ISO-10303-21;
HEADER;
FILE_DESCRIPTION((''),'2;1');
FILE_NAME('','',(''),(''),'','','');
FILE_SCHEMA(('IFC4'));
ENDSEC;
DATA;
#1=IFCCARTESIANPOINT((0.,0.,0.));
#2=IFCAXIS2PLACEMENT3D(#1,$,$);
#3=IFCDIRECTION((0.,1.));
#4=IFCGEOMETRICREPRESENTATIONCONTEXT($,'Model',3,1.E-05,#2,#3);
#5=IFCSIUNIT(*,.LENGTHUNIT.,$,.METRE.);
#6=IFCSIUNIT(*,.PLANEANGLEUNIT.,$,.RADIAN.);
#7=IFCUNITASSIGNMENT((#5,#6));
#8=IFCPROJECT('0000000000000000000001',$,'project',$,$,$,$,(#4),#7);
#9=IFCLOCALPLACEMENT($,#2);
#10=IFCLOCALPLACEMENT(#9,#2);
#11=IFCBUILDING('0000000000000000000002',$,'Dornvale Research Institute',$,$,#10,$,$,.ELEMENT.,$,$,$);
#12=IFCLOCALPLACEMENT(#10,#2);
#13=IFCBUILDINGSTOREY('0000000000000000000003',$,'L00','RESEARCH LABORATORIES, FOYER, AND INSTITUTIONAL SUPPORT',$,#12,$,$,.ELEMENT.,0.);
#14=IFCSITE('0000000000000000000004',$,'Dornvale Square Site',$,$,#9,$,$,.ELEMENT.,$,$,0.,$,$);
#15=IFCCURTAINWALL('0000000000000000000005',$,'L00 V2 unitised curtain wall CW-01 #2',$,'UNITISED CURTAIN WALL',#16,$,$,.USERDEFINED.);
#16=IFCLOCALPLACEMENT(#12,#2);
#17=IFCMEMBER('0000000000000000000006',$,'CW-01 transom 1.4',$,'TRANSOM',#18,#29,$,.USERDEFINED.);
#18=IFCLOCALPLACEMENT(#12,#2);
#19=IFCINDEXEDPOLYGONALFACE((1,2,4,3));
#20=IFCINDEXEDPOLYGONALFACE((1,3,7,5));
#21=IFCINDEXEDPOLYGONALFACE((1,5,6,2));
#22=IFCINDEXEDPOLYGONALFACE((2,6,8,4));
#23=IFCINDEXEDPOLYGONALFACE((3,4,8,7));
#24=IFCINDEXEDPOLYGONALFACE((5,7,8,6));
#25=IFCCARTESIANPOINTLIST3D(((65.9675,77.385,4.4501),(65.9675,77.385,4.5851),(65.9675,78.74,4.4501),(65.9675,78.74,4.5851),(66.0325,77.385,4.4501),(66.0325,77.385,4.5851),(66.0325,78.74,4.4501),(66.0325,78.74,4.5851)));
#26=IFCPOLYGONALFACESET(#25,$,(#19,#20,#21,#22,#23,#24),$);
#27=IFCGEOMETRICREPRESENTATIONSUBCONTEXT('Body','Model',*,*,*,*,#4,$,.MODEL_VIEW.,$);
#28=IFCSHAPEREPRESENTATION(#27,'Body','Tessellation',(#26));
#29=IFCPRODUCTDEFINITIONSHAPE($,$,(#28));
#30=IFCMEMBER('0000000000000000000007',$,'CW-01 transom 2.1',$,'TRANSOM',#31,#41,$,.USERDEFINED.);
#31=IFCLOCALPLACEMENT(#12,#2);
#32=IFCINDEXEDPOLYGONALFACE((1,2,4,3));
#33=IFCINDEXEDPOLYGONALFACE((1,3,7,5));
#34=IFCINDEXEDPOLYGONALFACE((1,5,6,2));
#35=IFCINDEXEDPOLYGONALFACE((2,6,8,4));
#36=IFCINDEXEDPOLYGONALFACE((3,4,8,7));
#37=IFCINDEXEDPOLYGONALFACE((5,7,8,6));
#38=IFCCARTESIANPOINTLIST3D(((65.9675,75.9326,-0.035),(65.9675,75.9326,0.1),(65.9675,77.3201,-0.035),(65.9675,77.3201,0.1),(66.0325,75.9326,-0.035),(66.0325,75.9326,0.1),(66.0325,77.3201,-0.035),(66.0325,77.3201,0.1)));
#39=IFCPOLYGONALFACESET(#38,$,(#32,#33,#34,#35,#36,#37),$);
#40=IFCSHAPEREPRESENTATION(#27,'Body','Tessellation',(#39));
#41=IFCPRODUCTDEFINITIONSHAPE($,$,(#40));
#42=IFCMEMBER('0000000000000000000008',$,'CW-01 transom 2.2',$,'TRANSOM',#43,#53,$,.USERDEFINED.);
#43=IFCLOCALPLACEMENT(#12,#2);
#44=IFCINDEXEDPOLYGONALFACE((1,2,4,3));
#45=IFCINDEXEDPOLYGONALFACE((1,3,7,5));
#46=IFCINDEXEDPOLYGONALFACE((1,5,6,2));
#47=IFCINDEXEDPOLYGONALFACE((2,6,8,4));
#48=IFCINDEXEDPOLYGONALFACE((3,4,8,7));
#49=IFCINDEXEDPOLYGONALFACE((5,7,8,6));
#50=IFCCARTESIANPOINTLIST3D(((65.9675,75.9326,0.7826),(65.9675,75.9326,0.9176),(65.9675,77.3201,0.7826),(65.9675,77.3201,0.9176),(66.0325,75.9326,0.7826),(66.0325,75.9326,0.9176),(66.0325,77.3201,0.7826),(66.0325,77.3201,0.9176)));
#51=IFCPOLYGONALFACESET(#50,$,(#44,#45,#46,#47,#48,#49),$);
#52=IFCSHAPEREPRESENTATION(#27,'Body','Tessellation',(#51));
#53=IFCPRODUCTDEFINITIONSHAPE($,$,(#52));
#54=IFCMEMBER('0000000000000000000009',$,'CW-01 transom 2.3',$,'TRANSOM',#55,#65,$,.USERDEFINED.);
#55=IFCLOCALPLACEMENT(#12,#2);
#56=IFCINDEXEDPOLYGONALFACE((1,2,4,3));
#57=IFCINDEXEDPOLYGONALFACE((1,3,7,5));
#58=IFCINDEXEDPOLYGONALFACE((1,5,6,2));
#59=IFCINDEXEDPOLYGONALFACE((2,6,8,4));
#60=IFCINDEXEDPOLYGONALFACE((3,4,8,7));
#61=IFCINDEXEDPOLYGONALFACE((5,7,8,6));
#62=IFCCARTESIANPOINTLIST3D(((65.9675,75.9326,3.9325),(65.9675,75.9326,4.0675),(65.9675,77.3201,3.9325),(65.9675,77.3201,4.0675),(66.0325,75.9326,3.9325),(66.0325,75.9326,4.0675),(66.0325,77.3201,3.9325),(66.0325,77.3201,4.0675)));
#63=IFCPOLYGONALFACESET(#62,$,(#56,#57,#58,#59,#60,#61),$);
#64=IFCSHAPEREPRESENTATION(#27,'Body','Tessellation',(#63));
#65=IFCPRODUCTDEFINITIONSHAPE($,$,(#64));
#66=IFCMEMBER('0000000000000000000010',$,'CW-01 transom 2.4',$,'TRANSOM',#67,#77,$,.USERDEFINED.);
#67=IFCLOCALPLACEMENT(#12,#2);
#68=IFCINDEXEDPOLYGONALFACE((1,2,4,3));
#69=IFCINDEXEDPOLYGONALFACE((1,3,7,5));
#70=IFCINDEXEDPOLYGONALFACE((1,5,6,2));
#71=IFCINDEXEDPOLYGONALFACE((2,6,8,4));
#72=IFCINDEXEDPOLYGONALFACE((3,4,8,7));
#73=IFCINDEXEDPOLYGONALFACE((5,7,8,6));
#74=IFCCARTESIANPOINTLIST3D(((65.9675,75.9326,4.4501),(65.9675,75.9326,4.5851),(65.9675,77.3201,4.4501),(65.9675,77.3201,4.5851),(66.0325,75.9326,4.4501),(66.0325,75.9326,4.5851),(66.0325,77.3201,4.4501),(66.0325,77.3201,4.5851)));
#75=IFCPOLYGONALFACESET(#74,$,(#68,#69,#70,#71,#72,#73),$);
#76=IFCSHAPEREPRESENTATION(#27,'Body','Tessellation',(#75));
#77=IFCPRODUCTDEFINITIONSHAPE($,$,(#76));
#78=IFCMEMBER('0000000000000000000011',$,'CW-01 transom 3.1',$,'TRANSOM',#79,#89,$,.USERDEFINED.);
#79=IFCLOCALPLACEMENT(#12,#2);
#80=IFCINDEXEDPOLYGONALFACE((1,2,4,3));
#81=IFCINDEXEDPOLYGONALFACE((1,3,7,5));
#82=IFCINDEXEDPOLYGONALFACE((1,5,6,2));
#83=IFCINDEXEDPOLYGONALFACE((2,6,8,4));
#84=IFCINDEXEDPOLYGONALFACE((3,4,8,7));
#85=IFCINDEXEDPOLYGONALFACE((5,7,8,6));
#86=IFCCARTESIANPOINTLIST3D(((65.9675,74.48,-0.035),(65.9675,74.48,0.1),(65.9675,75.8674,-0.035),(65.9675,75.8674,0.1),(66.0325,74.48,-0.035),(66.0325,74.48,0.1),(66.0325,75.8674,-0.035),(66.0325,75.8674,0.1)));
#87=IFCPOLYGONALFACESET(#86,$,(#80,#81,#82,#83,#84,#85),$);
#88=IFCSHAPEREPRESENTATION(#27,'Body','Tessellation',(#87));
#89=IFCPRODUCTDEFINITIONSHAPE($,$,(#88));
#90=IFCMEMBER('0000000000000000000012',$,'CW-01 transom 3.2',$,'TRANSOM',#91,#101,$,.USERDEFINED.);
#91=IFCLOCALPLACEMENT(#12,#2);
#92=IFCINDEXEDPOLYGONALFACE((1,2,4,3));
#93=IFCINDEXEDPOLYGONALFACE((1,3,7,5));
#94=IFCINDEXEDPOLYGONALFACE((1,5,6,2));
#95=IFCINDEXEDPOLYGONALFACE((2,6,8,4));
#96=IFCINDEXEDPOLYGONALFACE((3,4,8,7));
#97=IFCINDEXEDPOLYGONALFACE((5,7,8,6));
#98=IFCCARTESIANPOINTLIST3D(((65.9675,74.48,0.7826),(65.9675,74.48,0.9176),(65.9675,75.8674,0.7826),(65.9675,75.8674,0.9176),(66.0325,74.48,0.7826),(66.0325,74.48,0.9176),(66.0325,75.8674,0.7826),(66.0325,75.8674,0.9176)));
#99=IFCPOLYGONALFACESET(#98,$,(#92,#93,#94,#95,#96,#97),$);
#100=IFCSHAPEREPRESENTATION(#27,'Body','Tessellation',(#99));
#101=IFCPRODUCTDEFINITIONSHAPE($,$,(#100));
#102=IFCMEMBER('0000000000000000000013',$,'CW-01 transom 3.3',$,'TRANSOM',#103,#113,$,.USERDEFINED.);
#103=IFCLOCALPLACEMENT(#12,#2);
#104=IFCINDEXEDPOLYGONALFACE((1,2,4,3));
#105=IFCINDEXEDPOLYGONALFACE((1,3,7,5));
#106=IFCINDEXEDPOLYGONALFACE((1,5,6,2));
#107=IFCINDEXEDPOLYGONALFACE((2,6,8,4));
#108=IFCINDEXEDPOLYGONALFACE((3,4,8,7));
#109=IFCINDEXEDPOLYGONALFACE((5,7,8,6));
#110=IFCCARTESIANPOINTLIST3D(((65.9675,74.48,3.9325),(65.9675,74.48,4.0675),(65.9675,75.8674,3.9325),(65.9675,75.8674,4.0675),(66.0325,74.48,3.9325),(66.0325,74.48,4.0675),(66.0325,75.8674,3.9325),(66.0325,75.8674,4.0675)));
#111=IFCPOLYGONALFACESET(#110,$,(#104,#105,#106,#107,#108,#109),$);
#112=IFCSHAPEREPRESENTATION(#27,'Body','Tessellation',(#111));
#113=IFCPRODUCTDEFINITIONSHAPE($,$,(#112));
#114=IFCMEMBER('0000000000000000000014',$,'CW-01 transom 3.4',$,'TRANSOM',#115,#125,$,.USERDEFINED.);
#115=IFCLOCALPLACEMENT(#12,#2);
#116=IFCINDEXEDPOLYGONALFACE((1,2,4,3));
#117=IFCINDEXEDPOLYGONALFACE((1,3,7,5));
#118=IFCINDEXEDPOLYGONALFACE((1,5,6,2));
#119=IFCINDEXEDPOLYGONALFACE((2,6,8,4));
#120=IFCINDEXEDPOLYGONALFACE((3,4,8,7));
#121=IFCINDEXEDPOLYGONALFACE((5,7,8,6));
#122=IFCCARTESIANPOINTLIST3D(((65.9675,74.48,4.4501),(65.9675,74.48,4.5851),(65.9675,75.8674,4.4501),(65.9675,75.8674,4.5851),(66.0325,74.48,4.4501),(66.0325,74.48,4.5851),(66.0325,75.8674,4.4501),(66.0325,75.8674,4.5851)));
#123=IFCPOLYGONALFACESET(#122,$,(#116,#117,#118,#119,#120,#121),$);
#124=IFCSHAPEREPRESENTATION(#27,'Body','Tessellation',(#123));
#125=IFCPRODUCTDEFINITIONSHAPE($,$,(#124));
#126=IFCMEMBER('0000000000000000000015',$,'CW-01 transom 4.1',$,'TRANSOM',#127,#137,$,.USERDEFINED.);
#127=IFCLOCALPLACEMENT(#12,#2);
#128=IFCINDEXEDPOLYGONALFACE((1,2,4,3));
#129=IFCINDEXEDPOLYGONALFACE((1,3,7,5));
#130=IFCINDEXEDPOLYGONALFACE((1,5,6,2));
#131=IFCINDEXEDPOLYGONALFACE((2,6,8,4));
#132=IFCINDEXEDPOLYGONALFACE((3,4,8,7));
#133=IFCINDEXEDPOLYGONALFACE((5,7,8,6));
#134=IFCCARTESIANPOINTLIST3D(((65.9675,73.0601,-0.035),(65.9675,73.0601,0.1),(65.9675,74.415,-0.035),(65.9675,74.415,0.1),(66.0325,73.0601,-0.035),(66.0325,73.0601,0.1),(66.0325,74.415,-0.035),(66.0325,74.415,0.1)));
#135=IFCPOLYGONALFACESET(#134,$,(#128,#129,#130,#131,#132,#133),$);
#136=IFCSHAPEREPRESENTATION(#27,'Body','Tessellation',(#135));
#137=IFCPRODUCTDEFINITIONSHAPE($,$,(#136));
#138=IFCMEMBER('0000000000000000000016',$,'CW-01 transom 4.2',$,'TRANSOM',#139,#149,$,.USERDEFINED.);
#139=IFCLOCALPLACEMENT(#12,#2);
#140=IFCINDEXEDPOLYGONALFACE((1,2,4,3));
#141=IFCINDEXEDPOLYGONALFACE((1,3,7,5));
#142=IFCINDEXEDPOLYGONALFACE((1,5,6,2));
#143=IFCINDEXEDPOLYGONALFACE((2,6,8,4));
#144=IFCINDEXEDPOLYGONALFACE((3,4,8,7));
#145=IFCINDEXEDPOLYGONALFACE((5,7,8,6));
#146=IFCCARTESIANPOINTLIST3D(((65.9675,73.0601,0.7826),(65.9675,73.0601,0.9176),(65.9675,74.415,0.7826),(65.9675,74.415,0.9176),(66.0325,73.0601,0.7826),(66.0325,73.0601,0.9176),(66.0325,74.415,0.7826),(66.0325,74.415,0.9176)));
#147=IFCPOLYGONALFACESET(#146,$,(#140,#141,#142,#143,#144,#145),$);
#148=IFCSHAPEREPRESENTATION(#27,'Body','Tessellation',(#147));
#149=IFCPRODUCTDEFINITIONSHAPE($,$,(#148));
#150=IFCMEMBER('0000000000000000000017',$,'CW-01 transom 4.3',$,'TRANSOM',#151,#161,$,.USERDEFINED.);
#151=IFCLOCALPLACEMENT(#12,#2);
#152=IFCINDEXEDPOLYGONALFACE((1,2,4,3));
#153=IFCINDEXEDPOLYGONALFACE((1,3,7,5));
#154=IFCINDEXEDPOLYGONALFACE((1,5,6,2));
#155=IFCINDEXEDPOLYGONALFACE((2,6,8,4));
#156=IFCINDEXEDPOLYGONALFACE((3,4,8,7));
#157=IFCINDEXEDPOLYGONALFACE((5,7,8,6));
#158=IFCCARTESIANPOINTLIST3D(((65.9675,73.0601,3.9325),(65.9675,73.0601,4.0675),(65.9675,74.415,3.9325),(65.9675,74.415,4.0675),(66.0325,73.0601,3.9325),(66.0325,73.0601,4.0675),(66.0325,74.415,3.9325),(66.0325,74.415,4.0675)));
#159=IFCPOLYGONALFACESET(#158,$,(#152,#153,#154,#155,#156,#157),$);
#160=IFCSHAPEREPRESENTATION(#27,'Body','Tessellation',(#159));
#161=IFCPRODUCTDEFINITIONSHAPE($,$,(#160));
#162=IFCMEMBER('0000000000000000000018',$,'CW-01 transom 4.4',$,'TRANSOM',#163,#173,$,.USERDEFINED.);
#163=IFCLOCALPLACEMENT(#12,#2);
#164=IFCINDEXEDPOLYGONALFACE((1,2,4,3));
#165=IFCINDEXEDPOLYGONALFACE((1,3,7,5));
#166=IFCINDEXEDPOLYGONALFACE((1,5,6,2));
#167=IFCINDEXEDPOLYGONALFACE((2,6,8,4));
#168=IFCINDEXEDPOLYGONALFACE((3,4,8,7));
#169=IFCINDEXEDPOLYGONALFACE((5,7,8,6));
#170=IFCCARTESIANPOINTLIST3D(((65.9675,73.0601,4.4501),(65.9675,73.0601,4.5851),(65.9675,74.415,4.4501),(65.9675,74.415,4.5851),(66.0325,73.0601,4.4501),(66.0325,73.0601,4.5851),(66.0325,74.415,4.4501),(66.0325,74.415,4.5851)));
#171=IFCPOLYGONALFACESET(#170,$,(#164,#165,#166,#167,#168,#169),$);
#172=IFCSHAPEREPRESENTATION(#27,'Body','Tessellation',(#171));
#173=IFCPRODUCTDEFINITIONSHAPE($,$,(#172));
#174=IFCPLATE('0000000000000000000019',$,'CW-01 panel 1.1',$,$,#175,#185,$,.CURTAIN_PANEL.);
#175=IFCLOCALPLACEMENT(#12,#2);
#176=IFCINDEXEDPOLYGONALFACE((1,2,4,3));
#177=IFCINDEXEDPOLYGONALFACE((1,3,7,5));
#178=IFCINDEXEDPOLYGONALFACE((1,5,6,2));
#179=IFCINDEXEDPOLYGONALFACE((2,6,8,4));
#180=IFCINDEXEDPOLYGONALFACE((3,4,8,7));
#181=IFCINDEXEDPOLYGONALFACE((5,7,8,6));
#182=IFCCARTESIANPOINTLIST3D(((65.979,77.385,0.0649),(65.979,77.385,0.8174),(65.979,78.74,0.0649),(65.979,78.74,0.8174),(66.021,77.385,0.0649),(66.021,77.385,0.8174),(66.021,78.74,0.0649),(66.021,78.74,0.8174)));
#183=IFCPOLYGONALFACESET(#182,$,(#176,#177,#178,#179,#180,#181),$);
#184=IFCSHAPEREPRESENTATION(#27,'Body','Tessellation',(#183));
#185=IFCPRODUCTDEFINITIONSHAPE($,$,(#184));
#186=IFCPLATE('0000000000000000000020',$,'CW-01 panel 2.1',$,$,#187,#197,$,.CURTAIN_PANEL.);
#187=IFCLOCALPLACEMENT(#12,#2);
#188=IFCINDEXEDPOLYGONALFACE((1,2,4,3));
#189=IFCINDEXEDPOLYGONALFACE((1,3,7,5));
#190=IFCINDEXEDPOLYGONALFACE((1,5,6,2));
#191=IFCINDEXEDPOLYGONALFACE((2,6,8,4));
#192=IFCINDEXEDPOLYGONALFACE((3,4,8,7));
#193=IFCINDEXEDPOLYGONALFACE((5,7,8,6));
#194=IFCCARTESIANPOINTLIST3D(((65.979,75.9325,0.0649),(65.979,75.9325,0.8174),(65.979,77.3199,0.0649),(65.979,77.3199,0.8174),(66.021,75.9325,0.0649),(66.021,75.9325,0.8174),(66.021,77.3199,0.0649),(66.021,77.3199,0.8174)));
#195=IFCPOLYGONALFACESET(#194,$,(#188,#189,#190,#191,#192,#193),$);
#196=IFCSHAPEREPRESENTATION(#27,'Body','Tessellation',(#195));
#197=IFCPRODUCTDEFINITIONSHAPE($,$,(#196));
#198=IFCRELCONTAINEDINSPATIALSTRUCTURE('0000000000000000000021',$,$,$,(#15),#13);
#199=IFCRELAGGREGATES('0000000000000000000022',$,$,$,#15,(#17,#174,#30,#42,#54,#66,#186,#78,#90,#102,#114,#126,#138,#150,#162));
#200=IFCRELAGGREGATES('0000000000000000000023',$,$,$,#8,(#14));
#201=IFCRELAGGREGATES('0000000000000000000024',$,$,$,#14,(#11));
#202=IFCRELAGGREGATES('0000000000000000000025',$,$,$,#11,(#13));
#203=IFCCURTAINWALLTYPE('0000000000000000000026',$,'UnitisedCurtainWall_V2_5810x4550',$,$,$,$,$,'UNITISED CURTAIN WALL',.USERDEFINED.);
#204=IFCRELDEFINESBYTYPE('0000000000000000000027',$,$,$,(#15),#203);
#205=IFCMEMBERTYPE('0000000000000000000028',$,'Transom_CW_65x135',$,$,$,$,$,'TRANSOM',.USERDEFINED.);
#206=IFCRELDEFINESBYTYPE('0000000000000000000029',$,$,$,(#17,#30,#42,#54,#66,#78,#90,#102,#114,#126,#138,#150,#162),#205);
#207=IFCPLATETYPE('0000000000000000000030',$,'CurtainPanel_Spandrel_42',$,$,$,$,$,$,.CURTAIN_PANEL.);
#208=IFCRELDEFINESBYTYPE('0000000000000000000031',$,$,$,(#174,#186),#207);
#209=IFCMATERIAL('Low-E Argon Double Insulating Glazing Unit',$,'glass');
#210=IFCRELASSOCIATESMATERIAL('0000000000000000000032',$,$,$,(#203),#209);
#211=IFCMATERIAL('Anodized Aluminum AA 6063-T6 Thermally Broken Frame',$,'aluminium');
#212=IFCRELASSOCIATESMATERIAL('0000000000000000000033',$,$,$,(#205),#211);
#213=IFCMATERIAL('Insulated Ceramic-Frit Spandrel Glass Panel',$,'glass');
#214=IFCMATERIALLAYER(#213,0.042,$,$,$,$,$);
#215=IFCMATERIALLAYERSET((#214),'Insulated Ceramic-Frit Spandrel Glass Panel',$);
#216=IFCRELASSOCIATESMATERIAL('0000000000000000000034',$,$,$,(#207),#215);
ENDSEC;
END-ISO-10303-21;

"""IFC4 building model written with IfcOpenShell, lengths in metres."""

from ifc_helpers import new_model, si_unit, direction, frame, origin, origin_2d, place, context, subcontext, project, spatial, rectangle, extrude, material, layer, layer_set, material_profile, profile_set, type_object, element, aggregate, save


model = new_model("IFC4")

# Units and contexts
model_context = context("Model", 3, precision=1e-05, world=origin(), true_north=direction((0.0, 1.0)))
body_context = subcontext(model_context, "Body", "Model", "MODEL_VIEW")
ifc_project = project(units=[si_unit("LENGTHUNIT", "METRE"), si_unit("PLANEANGLEUNIT", "RADIAN")], contexts=[model_context])

# Site, building, storey
site_placement = place(None, origin())
site = spatial("IfcSite", under=ifc_project, at=site_placement, Name="Dornvale Square Site", CompositionType="ELEMENT", RefElevation=0.0)
building_placement = place(site_placement, origin())
building = spatial("IfcBuilding", under=site, at=building_placement, Name="Dornvale Research Institute", CompositionType="ELEMENT")
storey_placement = place(building_placement, origin())
storey = spatial("IfcBuildingStorey", under=building, at=storey_placement, Name="L00", Description="RESEARCH LABORATORIES, FOYER, AND INSTITUTIONAL SUPPORT", CompositionType="ELEMENT", Elevation=0.0)

# Curtain wall, members, plates
ifc_material_1 = material(Name="Low-E Argon Double Insulating Glazing Unit", Category="glass")
curtain_wall_type = type_object("IfcCurtainWallType", Name="UnitisedCurtainWall_V2_5810x4550", ElementType="UNITISED CURTAIN WALL", PredefinedType="USERDEFINED", material=ifc_material_1)
curtain_wall_placement = place(storey_placement, origin())
curtain_wall = element("IfcCurtainWall", 1, at=curtain_wall_placement, inside=storey, type_object=curtain_wall_type, Name="L00 V2 unitised curtain wall CW-01 #2", ObjectType="UNITISED CURTAIN WALL", PredefinedType="USERDEFINED")
ifc_material_2 = material(Name="Anodized Aluminum AA 6063-T6 Thermally Broken Frame", Category="aluminium")
ifc_material_profile_1 = material_profile(ifc_material_2, rectangle(XDim=0.0649, YDim=0.135, at=origin_2d()), Name="ALU TRANSOM 65x135")
ifc_profile_set_1 = profile_set([ifc_material_profile_1], Name="Anodized Aluminum AA 6063-T6 Thermally Broken Frame")
member_type_1 = type_object("IfcMemberType", Name="Transom_CW_65x135", ElementType="TRANSOM", PredefinedType="USERDEFINED", material=ifc_profile_set_1)
member_1_placement = place(storey_placement, frame((66.0, 78.74, 4.5176), z_axis=(0.0, -1.0, 0.0), x_axis=(1.0, 0.0, 0.0)))
member_1 = element("IfcMember", 2, at=member_1_placement, type_object=member_type_1, Name="CW-01 transom 1.4", ObjectType="TRANSOM", PredefinedType="USERDEFINED", context=body_context, shape_type="SweptSolid", body=[
    extrude(rectangle(XDim=0.0649, YDim=0.135, at=origin_2d()), origin(), (0.0, 0.0, 1.0), 1.355),
])
member_2_placement = place(storey_placement, frame((66.0, 77.3201, 0.0325), z_axis=(0.0, -1.0, 0.0), x_axis=(1.0, 0.0, 0.0)))
member_2 = element("IfcMember", 3, at=member_2_placement, type_object=member_type_1, Name="CW-01 transom 2.1", ObjectType="TRANSOM", PredefinedType="USERDEFINED", context=body_context, shape_type="SweptSolid", body=[
    extrude(rectangle(XDim=0.0649, YDim=0.135, at=origin_2d()), origin(), (0.0, 0.0, 1.0), 1.3875),
])
member_3_placement = place(storey_placement, frame((66.0, 77.3201, 0.8501), z_axis=(0.0, -1.0, 0.0), x_axis=(1.0, 0.0, 0.0)))
member_3 = element("IfcMember", 4, at=member_3_placement, type_object=member_type_1, Name="CW-01 transom 2.2", ObjectType="TRANSOM", PredefinedType="USERDEFINED", context=body_context, shape_type="SweptSolid", body=[
    extrude(rectangle(XDim=0.0649, YDim=0.135, at=origin_2d()), origin(), (0.0, 0.0, 1.0), 1.3875),
])
member_4_placement = place(storey_placement, frame((66.0, 77.3201, 4.0), z_axis=(0.0, -1.0, 0.0), x_axis=(1.0, 0.0, 0.0)))
member_4 = element("IfcMember", 5, at=member_4_placement, type_object=member_type_1, Name="CW-01 transom 2.3", ObjectType="TRANSOM", PredefinedType="USERDEFINED", context=body_context, shape_type="SweptSolid", body=[
    extrude(rectangle(XDim=0.0649, YDim=0.135, at=origin_2d()), origin(), (0.0, 0.0, 1.0), 1.3875),
])
member_5_placement = place(storey_placement, frame((66.0, 77.3201, 4.5176), z_axis=(0.0, -1.0, 0.0), x_axis=(1.0, 0.0, 0.0)))
member_5 = element("IfcMember", 6, at=member_5_placement, type_object=member_type_1, Name="CW-01 transom 2.4", ObjectType="TRANSOM", PredefinedType="USERDEFINED", context=body_context, shape_type="SweptSolid", body=[
    extrude(rectangle(XDim=0.0649, YDim=0.135, at=origin_2d()), origin(), (0.0, 0.0, 1.0), 1.3875),
])
member_6_placement = place(storey_placement, frame((66.0, 75.8674, 0.0325), z_axis=(0.0, -1.0, 0.0), x_axis=(1.0, 0.0, 0.0)))
member_6 = element("IfcMember", 7, at=member_6_placement, type_object=member_type_1, Name="CW-01 transom 3.1", ObjectType="TRANSOM", PredefinedType="USERDEFINED", context=body_context, shape_type="SweptSolid", body=[
    extrude(rectangle(XDim=0.0649, YDim=0.135, at=origin_2d()), origin(), (0.0, 0.0, 1.0), 1.3875),
])
member_7_placement = place(storey_placement, frame((66.0, 75.8674, 0.8501), z_axis=(0.0, -1.0, 0.0), x_axis=(1.0, 0.0, 0.0)))
member_7 = element("IfcMember", 8, at=member_7_placement, type_object=member_type_1, Name="CW-01 transom 3.2", ObjectType="TRANSOM", PredefinedType="USERDEFINED", context=body_context, shape_type="SweptSolid", body=[
    extrude(rectangle(XDim=0.0649, YDim=0.135, at=origin_2d()), origin(), (0.0, 0.0, 1.0), 1.3875),
])
member_8_placement = place(storey_placement, frame((66.0, 75.8674, 4.0), z_axis=(0.0, -1.0, 0.0), x_axis=(1.0, 0.0, 0.0)))
member_8 = element("IfcMember", 9, at=member_8_placement, type_object=member_type_1, Name="CW-01 transom 3.3", ObjectType="TRANSOM", PredefinedType="USERDEFINED", context=body_context, shape_type="SweptSolid", body=[
    extrude(rectangle(XDim=0.0649, YDim=0.135, at=origin_2d()), origin(), (0.0, 0.0, 1.0), 1.3875),
])
member_9_placement = place(storey_placement, frame((66.0, 75.8674, 4.5176), z_axis=(0.0, -1.0, 0.0), x_axis=(1.0, 0.0, 0.0)))
member_9 = element("IfcMember", 10, at=member_9_placement, type_object=member_type_1, Name="CW-01 transom 3.4", ObjectType="TRANSOM", PredefinedType="USERDEFINED", context=body_context, shape_type="SweptSolid", body=[
    extrude(rectangle(XDim=0.0649, YDim=0.135, at=origin_2d()), origin(), (0.0, 0.0, 1.0), 1.3875),
])
member_10_placement = place(storey_placement, frame((66.0, 74.415, 0.0325), z_axis=(0.0, -1.0, 0.0), x_axis=(1.0, 0.0, 0.0)))
member_10 = element("IfcMember", 11, at=member_10_placement, type_object=member_type_1, Name="CW-01 transom 4.1", ObjectType="TRANSOM", PredefinedType="USERDEFINED", context=body_context, shape_type="SweptSolid", body=[
    extrude(rectangle(XDim=0.0649, YDim=0.135, at=origin_2d()), origin(), (0.0, 0.0, 1.0), 1.355),
])
member_11_placement = place(storey_placement, frame((66.0, 74.415, 0.8501), z_axis=(0.0, -1.0, 0.0), x_axis=(1.0, 0.0, 0.0)))
member_11 = element("IfcMember", 12, at=member_11_placement, type_object=member_type_1, Name="CW-01 transom 4.2", ObjectType="TRANSOM", PredefinedType="USERDEFINED", context=body_context, shape_type="SweptSolid", body=[
    extrude(rectangle(XDim=0.0649, YDim=0.135, at=origin_2d()), origin(), (0.0, 0.0, 1.0), 1.355),
])
member_12_placement = place(storey_placement, frame((66.0, 74.415, 4.0), z_axis=(0.0, -1.0, 0.0), x_axis=(1.0, 0.0, 0.0)))
member_12 = element("IfcMember", 13, at=member_12_placement, type_object=member_type_1, Name="CW-01 transom 4.3", ObjectType="TRANSOM", PredefinedType="USERDEFINED", context=body_context, shape_type="SweptSolid", body=[
    extrude(rectangle(XDim=0.0649, YDim=0.135, at=origin_2d()), origin(), (0.0, 0.0, 1.0), 1.355),
])
member_13_placement = place(storey_placement, frame((66.0, 74.415, 4.5176), z_axis=(0.0, -1.0, 0.0), x_axis=(1.0, 0.0, 0.0)))
member_13 = element("IfcMember", 14, at=member_13_placement, type_object=member_type_1, Name="CW-01 transom 4.4", ObjectType="TRANSOM", PredefinedType="USERDEFINED", context=body_context, shape_type="SweptSolid", body=[
    extrude(rectangle(XDim=0.0649, YDim=0.135, at=origin_2d()), origin(), (0.0, 0.0, 1.0), 1.355),
])
ifc_material_3 = material(Name="Insulated Ceramic-Frit Spandrel Glass Panel", Category="glass")
ifc_layer_1 = layer(ifc_material_3, 0.042)
ifc_layer_set_1 = layer_set([ifc_layer_1], Name="Insulated Ceramic-Frit Spandrel Glass Panel")
plate_type_1 = type_object("IfcPlateType", Name="CurtainPanel_Spandrel_42", PredefinedType="CURTAIN_PANEL", material=ifc_layer_set_1)
plate_1_placement = place(storey_placement, frame((66.0, 78.0625, 0.0649), z_axis=(0.0, 0.0, 1.0), x_axis=(0.0, -1.0, 0.0)))
plate_1 = element("IfcPlate", 15, at=plate_1_placement, type_object=plate_type_1, Name="CW-01 panel 1.1", PredefinedType="CURTAIN_PANEL", context=body_context, shape_type="SweptSolid", body=[
    extrude(rectangle(XDim=1.355, YDim=0.042, at=origin_2d()), origin(), (0.0, 0.0, 1.0), 0.7524),
])
plate_2_placement = place(storey_placement, frame((66.0, 76.6262, 0.0649), z_axis=(0.0, 0.0, 1.0), x_axis=(0.0, -1.0, 0.0)))
plate_2 = element("IfcPlate", 16, at=plate_2_placement, type_object=plate_type_1, Name="CW-01 panel 2.1", PredefinedType="CURTAIN_PANEL", context=body_context, shape_type="SweptSolid", body=[
    extrude(rectangle(XDim=1.3875, YDim=0.042, at=origin_2d()), origin(), (0.0, 0.0, 1.0), 0.7524),
])
aggregate(curtain_wall, [member_1, plate_1, member_2, member_3, member_4, member_5, plate_2, member_6, member_7, member_8, member_9, member_10, member_11, member_12, member_13])

save(model, "model.ifc")
